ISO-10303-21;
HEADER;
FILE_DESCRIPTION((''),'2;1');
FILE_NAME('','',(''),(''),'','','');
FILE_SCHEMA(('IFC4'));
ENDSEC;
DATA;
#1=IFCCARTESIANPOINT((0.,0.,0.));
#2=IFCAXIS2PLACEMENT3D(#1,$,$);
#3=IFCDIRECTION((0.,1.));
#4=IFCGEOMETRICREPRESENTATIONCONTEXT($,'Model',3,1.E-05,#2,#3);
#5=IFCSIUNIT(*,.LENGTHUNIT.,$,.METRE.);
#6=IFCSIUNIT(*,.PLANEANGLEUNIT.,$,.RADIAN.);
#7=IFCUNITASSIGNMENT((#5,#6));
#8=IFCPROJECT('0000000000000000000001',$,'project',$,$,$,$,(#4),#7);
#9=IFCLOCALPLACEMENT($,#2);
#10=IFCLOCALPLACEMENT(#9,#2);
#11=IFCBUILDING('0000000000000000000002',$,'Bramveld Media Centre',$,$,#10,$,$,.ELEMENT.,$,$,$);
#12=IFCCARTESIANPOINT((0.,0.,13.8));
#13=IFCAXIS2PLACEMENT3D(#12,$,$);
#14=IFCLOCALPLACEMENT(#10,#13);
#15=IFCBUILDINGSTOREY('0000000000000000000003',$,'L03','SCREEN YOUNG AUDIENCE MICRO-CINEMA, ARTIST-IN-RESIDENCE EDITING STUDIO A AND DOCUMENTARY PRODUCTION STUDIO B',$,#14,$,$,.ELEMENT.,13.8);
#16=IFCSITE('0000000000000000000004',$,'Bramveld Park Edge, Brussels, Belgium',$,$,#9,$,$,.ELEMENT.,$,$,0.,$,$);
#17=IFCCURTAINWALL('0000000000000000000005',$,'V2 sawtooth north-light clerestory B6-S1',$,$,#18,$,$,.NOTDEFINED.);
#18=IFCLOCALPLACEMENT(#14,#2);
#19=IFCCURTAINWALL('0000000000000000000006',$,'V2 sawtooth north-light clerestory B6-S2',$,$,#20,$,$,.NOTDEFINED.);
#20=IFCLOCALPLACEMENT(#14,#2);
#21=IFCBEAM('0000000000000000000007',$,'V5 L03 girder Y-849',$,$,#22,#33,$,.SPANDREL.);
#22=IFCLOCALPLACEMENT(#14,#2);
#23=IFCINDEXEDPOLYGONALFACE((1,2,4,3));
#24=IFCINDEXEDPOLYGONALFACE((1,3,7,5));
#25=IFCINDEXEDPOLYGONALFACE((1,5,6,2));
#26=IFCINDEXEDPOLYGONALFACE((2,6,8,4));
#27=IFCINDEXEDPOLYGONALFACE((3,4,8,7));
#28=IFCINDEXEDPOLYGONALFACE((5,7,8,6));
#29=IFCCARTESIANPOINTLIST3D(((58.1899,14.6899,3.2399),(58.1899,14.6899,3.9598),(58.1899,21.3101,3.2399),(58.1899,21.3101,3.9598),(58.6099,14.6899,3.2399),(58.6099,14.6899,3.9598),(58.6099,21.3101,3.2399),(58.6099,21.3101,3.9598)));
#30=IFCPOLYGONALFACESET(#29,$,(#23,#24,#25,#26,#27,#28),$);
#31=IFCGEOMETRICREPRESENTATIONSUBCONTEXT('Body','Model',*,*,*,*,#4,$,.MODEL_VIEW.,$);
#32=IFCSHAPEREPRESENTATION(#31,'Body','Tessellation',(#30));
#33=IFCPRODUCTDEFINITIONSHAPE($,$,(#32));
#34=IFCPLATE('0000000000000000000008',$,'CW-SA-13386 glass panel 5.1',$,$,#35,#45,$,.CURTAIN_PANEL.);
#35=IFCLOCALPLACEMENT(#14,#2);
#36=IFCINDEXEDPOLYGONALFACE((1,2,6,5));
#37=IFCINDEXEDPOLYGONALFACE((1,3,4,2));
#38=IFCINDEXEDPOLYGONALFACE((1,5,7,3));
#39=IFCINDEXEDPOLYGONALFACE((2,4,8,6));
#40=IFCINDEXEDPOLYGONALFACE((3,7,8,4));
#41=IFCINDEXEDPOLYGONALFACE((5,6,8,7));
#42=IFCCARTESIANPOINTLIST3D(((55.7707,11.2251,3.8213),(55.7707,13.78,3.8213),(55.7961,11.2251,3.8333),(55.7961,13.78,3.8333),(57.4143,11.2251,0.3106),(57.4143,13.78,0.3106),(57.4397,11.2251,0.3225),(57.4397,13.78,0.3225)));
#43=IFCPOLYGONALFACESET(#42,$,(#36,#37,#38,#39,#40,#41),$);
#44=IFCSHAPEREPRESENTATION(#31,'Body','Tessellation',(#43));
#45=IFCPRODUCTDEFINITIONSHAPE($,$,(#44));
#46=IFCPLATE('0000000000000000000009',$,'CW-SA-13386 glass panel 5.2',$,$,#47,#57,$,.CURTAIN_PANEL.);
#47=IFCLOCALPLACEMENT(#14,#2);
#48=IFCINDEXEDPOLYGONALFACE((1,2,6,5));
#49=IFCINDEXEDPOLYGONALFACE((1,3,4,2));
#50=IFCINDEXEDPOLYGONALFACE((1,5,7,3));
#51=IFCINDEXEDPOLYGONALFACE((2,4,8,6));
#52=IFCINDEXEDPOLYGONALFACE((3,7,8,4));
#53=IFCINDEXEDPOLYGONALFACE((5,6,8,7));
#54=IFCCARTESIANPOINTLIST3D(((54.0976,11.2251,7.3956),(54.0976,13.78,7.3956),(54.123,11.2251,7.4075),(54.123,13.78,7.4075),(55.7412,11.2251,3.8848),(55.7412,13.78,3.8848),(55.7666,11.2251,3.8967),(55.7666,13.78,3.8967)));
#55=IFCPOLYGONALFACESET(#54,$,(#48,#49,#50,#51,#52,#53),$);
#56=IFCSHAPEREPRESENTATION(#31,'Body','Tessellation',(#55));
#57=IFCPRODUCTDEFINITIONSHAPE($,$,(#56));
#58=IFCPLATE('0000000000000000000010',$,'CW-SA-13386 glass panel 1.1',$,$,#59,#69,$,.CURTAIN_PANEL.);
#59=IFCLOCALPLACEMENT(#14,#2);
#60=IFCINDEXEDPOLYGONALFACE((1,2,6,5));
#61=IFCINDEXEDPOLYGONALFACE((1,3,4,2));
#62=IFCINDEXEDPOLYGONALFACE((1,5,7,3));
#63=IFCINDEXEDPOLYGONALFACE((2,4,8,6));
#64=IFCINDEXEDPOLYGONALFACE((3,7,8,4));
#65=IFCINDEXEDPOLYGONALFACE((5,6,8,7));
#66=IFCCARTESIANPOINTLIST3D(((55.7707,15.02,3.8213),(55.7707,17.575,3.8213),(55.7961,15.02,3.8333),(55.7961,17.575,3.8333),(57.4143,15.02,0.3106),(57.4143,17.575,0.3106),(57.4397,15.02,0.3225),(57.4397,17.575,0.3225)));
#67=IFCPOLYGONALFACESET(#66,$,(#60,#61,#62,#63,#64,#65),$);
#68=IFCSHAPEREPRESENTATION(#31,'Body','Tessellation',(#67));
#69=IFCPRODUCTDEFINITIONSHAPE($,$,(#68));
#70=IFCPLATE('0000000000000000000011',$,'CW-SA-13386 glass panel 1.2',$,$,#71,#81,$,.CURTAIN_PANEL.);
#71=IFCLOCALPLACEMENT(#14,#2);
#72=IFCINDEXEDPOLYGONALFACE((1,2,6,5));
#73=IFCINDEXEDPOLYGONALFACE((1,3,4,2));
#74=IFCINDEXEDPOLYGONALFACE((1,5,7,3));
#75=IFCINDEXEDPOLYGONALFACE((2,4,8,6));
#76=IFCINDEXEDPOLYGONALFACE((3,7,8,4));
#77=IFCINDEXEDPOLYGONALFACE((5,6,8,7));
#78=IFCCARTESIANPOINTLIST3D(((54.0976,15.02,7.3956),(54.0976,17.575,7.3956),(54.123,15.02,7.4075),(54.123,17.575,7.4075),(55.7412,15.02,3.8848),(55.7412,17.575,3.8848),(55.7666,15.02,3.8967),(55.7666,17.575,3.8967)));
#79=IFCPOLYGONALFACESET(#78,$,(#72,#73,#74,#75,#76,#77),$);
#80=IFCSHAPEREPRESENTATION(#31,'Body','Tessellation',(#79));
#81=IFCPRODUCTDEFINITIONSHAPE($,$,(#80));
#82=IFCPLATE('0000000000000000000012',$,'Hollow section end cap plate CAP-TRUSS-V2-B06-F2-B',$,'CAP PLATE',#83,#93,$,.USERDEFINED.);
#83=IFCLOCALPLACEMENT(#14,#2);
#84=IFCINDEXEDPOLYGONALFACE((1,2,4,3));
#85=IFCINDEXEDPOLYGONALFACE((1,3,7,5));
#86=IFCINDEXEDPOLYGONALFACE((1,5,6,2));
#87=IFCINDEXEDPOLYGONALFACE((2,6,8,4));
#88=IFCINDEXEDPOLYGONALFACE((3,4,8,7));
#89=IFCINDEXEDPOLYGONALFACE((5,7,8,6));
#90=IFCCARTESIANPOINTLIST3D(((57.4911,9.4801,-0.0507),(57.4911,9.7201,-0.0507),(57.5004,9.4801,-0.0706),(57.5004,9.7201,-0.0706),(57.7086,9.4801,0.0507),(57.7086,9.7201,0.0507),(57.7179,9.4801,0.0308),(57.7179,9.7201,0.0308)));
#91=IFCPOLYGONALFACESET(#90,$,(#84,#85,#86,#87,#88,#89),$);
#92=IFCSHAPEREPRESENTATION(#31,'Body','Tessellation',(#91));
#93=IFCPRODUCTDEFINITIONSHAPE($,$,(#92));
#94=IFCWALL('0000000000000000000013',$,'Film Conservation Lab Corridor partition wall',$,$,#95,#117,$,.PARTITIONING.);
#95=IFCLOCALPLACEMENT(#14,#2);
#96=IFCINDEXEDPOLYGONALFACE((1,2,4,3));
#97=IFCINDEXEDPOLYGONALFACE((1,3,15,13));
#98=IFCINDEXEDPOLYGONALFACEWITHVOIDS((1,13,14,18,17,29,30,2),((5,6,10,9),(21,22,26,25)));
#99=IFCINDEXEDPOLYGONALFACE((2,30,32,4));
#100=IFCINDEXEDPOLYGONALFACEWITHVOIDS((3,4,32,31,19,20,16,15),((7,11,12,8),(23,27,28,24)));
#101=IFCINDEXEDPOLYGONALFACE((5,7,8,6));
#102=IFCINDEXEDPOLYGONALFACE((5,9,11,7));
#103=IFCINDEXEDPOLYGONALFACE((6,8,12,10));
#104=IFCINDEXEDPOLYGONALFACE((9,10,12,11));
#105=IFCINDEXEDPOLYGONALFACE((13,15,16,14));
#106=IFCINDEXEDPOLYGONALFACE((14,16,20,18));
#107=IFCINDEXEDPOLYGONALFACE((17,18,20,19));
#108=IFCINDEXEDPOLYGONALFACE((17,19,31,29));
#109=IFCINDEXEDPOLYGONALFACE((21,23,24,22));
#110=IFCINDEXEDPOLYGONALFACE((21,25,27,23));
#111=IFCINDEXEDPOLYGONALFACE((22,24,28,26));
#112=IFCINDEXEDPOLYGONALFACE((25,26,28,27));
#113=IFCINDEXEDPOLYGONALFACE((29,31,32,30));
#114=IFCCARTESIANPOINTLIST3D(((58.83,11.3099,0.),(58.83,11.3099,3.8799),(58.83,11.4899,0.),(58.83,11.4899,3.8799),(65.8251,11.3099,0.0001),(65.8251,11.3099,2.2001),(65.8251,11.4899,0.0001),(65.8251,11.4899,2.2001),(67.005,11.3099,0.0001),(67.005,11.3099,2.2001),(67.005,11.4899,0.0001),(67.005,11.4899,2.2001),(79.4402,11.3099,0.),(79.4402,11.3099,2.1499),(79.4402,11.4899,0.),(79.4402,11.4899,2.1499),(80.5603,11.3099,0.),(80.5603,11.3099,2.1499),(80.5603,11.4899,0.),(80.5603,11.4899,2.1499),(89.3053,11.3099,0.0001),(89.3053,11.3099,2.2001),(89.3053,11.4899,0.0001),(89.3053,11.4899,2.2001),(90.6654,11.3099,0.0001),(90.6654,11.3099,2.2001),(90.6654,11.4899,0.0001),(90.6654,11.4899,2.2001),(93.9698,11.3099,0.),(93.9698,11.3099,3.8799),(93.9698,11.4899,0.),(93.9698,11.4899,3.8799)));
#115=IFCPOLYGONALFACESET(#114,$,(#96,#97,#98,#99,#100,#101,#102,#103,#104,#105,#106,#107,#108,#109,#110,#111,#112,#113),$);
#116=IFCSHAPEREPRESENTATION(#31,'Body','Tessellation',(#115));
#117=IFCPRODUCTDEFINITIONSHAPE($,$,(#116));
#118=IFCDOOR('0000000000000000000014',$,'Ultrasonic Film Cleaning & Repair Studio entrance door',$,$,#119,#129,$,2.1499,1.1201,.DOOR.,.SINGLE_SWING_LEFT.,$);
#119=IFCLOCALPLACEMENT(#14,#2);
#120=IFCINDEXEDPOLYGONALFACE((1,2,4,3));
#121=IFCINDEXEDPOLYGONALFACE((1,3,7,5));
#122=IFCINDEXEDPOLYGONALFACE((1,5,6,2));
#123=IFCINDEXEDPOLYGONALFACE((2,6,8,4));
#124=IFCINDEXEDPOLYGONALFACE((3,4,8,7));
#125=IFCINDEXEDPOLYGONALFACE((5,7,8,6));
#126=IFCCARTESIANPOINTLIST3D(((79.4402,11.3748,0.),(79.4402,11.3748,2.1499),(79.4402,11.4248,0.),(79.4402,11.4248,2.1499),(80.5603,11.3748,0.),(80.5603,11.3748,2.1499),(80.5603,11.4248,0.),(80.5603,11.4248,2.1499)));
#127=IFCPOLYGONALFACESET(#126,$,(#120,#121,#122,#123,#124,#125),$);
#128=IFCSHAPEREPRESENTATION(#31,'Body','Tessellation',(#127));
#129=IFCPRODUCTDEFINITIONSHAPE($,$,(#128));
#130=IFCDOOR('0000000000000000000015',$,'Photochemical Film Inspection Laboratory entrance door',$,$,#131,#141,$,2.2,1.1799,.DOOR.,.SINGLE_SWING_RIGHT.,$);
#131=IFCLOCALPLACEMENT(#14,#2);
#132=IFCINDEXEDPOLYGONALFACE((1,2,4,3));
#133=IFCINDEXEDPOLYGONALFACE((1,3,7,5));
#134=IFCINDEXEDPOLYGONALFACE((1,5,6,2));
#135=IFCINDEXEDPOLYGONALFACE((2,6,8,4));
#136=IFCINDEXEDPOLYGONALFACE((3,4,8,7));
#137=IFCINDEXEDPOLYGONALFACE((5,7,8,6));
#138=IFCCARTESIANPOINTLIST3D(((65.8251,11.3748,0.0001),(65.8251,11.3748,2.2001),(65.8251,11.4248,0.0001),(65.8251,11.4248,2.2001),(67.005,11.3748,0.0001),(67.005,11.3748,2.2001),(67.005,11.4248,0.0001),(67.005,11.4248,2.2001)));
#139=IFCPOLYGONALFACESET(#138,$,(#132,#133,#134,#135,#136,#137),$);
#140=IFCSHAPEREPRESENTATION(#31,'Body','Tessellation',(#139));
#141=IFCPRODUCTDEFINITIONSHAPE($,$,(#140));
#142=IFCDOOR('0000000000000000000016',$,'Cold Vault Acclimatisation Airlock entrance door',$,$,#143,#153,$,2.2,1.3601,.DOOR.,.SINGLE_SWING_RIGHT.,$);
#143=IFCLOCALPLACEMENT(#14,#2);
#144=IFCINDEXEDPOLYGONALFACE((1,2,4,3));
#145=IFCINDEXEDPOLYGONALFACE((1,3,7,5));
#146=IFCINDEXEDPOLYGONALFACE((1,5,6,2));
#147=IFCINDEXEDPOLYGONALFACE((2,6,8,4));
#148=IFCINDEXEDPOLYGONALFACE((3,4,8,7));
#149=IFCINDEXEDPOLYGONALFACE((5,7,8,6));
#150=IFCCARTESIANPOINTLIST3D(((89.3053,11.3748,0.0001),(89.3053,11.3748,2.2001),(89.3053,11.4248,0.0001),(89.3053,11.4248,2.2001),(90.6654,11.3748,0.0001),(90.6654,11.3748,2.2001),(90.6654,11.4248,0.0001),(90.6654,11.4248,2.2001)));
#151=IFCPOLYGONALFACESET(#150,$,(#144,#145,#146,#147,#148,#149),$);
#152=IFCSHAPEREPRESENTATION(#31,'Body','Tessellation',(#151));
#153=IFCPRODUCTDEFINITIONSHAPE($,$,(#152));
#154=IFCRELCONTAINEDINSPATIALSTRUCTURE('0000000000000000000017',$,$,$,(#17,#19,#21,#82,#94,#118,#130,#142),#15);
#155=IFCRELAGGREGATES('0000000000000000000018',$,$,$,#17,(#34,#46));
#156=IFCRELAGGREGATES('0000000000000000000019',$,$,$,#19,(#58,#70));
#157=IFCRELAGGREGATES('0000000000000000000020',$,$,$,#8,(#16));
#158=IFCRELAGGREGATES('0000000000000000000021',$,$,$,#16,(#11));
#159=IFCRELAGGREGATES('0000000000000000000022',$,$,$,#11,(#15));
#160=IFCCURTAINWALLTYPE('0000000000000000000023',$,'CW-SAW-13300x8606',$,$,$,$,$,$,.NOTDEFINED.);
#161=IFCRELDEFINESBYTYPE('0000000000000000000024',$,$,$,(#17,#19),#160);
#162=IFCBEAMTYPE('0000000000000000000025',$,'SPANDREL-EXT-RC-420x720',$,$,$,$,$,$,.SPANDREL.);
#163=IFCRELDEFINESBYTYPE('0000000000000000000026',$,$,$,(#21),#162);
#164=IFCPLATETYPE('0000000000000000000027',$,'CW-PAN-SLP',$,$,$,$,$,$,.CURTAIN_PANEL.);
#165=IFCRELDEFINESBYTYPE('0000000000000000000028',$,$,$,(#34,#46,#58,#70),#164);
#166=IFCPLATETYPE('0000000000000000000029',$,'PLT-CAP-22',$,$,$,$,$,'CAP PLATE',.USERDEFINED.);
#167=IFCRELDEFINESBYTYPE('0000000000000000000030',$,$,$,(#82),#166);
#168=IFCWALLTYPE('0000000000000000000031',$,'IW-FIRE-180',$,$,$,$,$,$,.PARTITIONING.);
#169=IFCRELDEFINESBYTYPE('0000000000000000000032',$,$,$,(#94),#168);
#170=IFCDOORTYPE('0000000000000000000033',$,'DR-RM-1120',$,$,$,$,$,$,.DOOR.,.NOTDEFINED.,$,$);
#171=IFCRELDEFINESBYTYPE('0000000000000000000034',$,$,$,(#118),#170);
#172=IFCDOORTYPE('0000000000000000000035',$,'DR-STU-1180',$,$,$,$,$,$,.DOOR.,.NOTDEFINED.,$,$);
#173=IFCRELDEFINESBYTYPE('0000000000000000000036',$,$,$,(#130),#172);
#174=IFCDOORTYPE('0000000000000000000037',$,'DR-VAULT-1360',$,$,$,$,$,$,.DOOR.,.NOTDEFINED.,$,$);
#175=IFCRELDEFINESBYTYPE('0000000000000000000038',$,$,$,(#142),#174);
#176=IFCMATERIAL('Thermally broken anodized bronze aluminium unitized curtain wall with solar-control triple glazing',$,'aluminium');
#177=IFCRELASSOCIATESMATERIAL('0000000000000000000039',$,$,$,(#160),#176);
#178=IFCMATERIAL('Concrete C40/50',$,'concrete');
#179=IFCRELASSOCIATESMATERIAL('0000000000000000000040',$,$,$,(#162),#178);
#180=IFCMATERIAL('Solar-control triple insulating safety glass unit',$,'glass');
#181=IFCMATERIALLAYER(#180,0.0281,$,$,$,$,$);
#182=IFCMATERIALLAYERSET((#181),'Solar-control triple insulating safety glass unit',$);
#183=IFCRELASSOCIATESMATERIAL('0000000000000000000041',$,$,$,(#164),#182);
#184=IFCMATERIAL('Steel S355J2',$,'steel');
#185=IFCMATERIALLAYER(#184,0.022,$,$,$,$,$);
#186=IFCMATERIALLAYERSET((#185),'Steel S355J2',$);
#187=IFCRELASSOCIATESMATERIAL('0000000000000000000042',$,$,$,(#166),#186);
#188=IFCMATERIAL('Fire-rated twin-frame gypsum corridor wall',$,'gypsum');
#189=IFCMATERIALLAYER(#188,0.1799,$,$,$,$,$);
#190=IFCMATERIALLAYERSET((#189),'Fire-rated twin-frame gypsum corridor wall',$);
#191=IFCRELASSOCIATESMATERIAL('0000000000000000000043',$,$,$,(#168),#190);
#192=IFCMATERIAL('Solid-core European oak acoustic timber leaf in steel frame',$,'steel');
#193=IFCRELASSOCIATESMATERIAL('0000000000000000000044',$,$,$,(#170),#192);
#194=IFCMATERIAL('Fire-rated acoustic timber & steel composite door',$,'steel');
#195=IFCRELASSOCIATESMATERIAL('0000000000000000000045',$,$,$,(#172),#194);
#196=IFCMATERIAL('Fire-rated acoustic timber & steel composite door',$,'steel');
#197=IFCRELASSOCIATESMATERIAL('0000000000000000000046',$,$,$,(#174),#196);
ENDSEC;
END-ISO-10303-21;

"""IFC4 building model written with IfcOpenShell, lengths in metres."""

from ifc_helpers import new_model, si_unit, direction, frame, frame_2d, origin, origin_2d, place, context, subcontext, project, spatial, polyline, rectangle, outline, extrude, material, layer, layer_set, material_profile, profile_set, type_object, element, fill, aggregate, save


model = new_model("IFC4")

# Units and contexts
model_context = context("Model", 3, precision=1e-05, world=origin(), true_north=direction((0.0, 1.0)))
body_context = subcontext(model_context, "Body", "Model", "MODEL_VIEW")
ifc_project = project(units=[si_unit("LENGTHUNIT", "METRE"), si_unit("PLANEANGLEUNIT", "RADIAN")], contexts=[model_context])

# Site, building, storey
site_placement = place(None, origin())
site = spatial("IfcSite", under=ifc_project, at=site_placement, Name="Bramveld Park Edge, Brussels, Belgium", CompositionType="ELEMENT", RefElevation=0.0)
building_placement = place(site_placement, origin())
building = spatial("IfcBuilding", under=site, at=building_placement, Name="Bramveld Media Centre", CompositionType="ELEMENT")
storey_placement = place(building_placement, frame((0.0, 0.0, 13.8)))
storey = spatial("IfcBuildingStorey", under=building, at=storey_placement, Name="L03", Description="SCREEN YOUNG AUDIENCE MICRO-CINEMA, ARTIST-IN-RESIDENCE EDITING STUDIO A AND DOCUMENTARY PRODUCTION STUDIO B", CompositionType="ELEMENT", Elevation=13.8)

# Curtain walls
ifc_material_1 = material(Name="Thermally broken anodized bronze aluminium unitized curtain wall with solar-control triple glazing", Category="aluminium")
curtain_wall_type = type_object("IfcCurtainWallType", Name="CW-SAW-13300x8606", PredefinedType="NOTDEFINED", material=ifc_material_1)
curtain_wall_1_placement = place(storey_placement, origin())
curtain_wall_1 = element("IfcCurtainWall", 1, at=curtain_wall_1_placement, inside=storey, type_object=curtain_wall_type, Name="V2 sawtooth north-light clerestory B6-S1", PredefinedType="NOTDEFINED")
curtain_wall_2_placement = place(storey_placement, origin())
curtain_wall_2 = element("IfcCurtainWall", 2, at=curtain_wall_2_placement, inside=storey, type_object=curtain_wall_type, Name="V2 sawtooth north-light clerestory B6-S2", PredefinedType="NOTDEFINED")

# Beam
ifc_material_2 = material(Name="Concrete C40/50", Category="concrete")
ifc_material_profile_1 = material_profile(ifc_material_2, rectangle(XDim=0.4199, YDim=0.72, at=origin_2d()), Name="RC 420x720")
ifc_profile_set_1 = profile_set([ifc_material_profile_1], Name="Concrete C40/50")
beam_type_1 = type_object("IfcBeamType", Name="SPANDREL-EXT-RC-420x720", PredefinedType="SPANDREL", material=ifc_profile_set_1)
beam_1_placement = place(storey_placement, frame((58.3999, 14.6899, 3.5999), z_axis=(0.0, 1.0, 0.0), x_axis=(-1.0, 0.0, 0.0)))
element("IfcBeam", 3, at=beam_1_placement, inside=storey, type_object=beam_type_1, Name="V5 L03 girder Y-849", PredefinedType="SPANDREL", context=body_context, shape_type="SweptSolid", body=[
    extrude(rectangle(XDim=0.4199, YDim=0.72, at=origin_2d()), origin(), (0.0, 0.0, 1.0), 6.6201),
])

# Plates
ifc_material_3 = material(Name="Solar-control triple insulating safety glass unit", Category="glass")
ifc_layer_1 = layer(ifc_material_3, 0.0281)
ifc_layer_set_1 = layer_set([ifc_layer_1], Name="Solar-control triple insulating safety glass unit")
plate_type_1 = type_object("IfcPlateType", Name="CW-PAN-SLP", PredefinedType="CURTAIN_PANEL", material=ifc_layer_set_1)
plate_1_placement = place(storey_placement, frame((57.4397, 11.2251, 0.3225), z_axis=(0.905668, 0.0, 0.423988), x_axis=(0.0, 1.0, 0.0)))
plate_1 = element("IfcPlate", 4, at=plate_1_placement, type_object=plate_type_1, Name="CW-SA-13386 glass panel 5.1", PredefinedType="CURTAIN_PANEL", context=body_context, shape_type="SweptSolid", body=[
    extrude(outline(polyline([(0.0, 0.0), (2.5549, 0.0), (2.5549, 3.8764), (0.0, 3.8764), (0.0, 0.0)])), origin(), (0.0, 0.0, -1.0), 0.0281),
])
plate_2_placement = place(storey_placement, frame((55.7666, 11.2251, 3.8967), z_axis=(0.905668, 0.0, 0.423988), x_axis=(0.0, 1.0, 0.0)))
plate_2 = element("IfcPlate", 5, at=plate_2_placement, type_object=plate_type_1, Name="CW-SA-13386 glass panel 5.2", PredefinedType="CURTAIN_PANEL", context=body_context, shape_type="SweptSolid", body=[
    extrude(outline(polyline([(0.0, 0.0), (2.5549, 0.0), (2.5549, 3.8764), (0.0, 3.8764), (0.0, 0.0)])), origin(), (0.0, 0.0, -1.0), 0.0281),
])
aggregate(curtain_wall_1, [plate_1, plate_2])
plate_3_placement = place(storey_placement, frame((57.4397, 15.02, 0.3225), z_axis=(0.905668, 0.0, 0.423988), x_axis=(0.0, 1.0, 0.0)))
plate_3 = element("IfcPlate", 6, at=plate_3_placement, type_object=plate_type_1, Name="CW-SA-13386 glass panel 1.1", PredefinedType="CURTAIN_PANEL", context=body_context, shape_type="SweptSolid", body=[
    extrude(outline(polyline([(0.0, 0.0), (2.5549, 0.0), (2.5549, 3.8764), (0.0, 3.8764), (0.0, 0.0)])), origin(), (0.0, 0.0, -1.0), 0.0281),
])
plate_4_placement = place(storey_placement, frame((55.7666, 15.02, 3.8967), z_axis=(0.905668, 0.0, 0.423988), x_axis=(0.0, 1.0, 0.0)))
plate_4 = element("IfcPlate", 7, at=plate_4_placement, type_object=plate_type_1, Name="CW-SA-13386 glass panel 1.2", PredefinedType="CURTAIN_PANEL", context=body_context, shape_type="SweptSolid", body=[
    extrude(outline(polyline([(0.0, 0.0), (2.5549, 0.0), (2.5549, 3.8764), (0.0, 3.8764), (0.0, 0.0)])), origin(), (0.0, 0.0, -1.0), 0.0281),
])
aggregate(curtain_wall_2, [plate_3, plate_4])
ifc_material_4 = material(Name="Steel S355J2", Category="steel")
ifc_layer_2 = layer(ifc_material_4, 0.022)
ifc_layer_set_2 = layer_set([ifc_layer_2], Name="Steel S355J2")
plate_type_2 = type_object("IfcPlateType", Name="PLT-CAP-22", ElementType="CAP PLATE", PredefinedType="USERDEFINED", material=ifc_layer_set_2)
plate_5_placement = place(storey_placement, frame((57.5999, 9.6001, 0.0), z_axis=(0.422618, 0.0, -0.906308), x_axis=(0.0, 1.0, 0.0)))
element("IfcPlate", 8, at=plate_5_placement, inside=storey, type_object=plate_type_2, Name="Hollow section end cap plate CAP-TRUSS-V2-B06-F2-B", ObjectType="CAP PLATE", PredefinedType="USERDEFINED", context=body_context, shape_type="SweptSolid", body=[
    extrude(rectangle(XDim=0.24, YDim=0.24, at=origin_2d()), origin(), (0.0, 0.0, 1.0), 0.022),
])

# Wall, openings, doors
ifc_material_5 = material(Name="Fire-rated twin-frame gypsum corridor wall", Category="gypsum")
ifc_layer_3 = layer(ifc_material_5, 0.1799)
ifc_layer_set_3 = layer_set([ifc_layer_3], Name="Fire-rated twin-frame gypsum corridor wall")
wall_type = type_object("IfcWallType", Name="IW-FIRE-180", PredefinedType="PARTITIONING", material=ifc_layer_set_3)
wall_placement = place(storey_placement, frame((58.8301, 11.3999, 0.0), z_axis=(0.0, 0.0, 1.0), x_axis=(1.0, 0.0, 0.0)))
wall = element("IfcWall", 9, at=wall_placement, inside=storey, type_object=wall_type, Name="Film Conservation Lab Corridor partition wall", PredefinedType="PARTITIONING", context=body_context, shape_type="SweptSolid", body=[
    extrude(rectangle(XDim=35.1399, YDim=0.1799, at=frame_2d((17.5698, 0.0))), origin(), (0.0, 0.0, 1.0), 3.8799),
])
opening_1_placement = place(wall_placement, frame((6.9951, 0.0, 0.0)))
opening_1 = element("IfcOpeningElement", 10, at=opening_1_placement, cuts=wall, PredefinedType="OPENING", context=body_context, shape_type="SweptSolid", body=[
    extrude(rectangle(XDim=1.1799, YDim=2.2, at=frame_2d((0.5898, 1.1001))), frame((0.0, 0.1021, 0.0), z_axis=(0.0, -1.0, 0.0), x_axis=(1.0, 0.0, 0.0)), (0.0, 0.0, 1.0), 0.2039),
])
opening_2_placement = place(wall_placement, frame((20.6101, 0.0, 0.0)))
opening_2 = element("IfcOpeningElement", 11, at=opening_2_placement, cuts=wall, PredefinedType="OPENING", context=body_context, shape_type="SweptSolid", body=[
    extrude(rectangle(XDim=1.1201, YDim=2.1499, at=frame_2d((0.5601, 1.075))), frame((0.0, 0.1021, 0.0), z_axis=(0.0, -1.0, 0.0), x_axis=(1.0, 0.0, 0.0)), (0.0, 0.0, 1.0), 0.2039),
])
opening_3_placement = place(wall_placement, frame((30.4751, 0.0, 0.0)))
opening_3 = element("IfcOpeningElement", 12, at=opening_3_placement, cuts=wall, PredefinedType="OPENING", context=body_context, shape_type="SweptSolid", body=[
    extrude(rectangle(XDim=1.3601, YDim=2.2, at=frame_2d((0.6802, 1.1001))), frame((0.0, 0.1021, 0.0), z_axis=(0.0, -1.0, 0.0), x_axis=(1.0, 0.0, 0.0)), (0.0, 0.0, 1.0), 0.2039),
])
ifc_material_6 = material(Name="Solid-core European oak acoustic timber leaf in steel frame", Category="steel")
door_type_1 = type_object("IfcDoorType", Name="DR-RM-1120", OperationType="NOTDEFINED", PredefinedType="DOOR", material=ifc_material_6)
door_1_placement = place(opening_2_placement, origin())
door_1 = element("IfcDoor", 13, at=door_1_placement, inside=storey, type_object=door_type_1, Name="Ultrasonic Film Cleaning & Repair Studio entrance door", OperationType="SINGLE_SWING_LEFT", OverallHeight=2.1499, OverallWidth=1.1201, PredefinedType="DOOR", context=body_context, shape_type="SweptSolid", body=[
    extrude(rectangle(XDim=1.1201, YDim=2.1499, at=frame_2d((0.5601, 1.075))), frame((0.0, 0.0249, 0.0), z_axis=(0.0, -1.0, 0.0), x_axis=(1.0, 0.0, 0.0)), (0.0, 0.0, 1.0), 0.05),
])
fill(opening_2, door_1)
ifc_material_7 = material(Name="Fire-rated acoustic timber & steel composite door", Category="steel")
door_type_2 = type_object("IfcDoorType", Name="DR-STU-1180", OperationType="NOTDEFINED", PredefinedType="DOOR", material=ifc_material_7)
door_2_placement = place(opening_1_placement, origin())
door_2 = element("IfcDoor", 14, at=door_2_placement, inside=storey, type_object=door_type_2, Name="Photochemical Film Inspection Laboratory entrance door", OperationType="SINGLE_SWING_RIGHT", OverallHeight=2.2, OverallWidth=1.1799, PredefinedType="DOOR", context=body_context, shape_type="SweptSolid", body=[
    extrude(rectangle(XDim=1.1799, YDim=2.2, at=frame_2d((0.5898, 1.1001))), frame((0.0, 0.0249, 0.0), z_axis=(0.0, -1.0, 0.0), x_axis=(1.0, 0.0, 0.0)), (0.0, 0.0, 1.0), 0.05),
])
fill(opening_1, door_2)
ifc_material_8 = material(Name="Fire-rated acoustic timber & steel composite door", Category="steel")
door_type_3 = type_object("IfcDoorType", Name="DR-VAULT-1360", OperationType="NOTDEFINED", PredefinedType="DOOR", material=ifc_material_8)
door_3_placement = place(opening_3_placement, origin())
door_3 = element("IfcDoor", 15, at=door_3_placement, inside=storey, type_object=door_type_3, Name="Cold Vault Acclimatisation Airlock entrance door", OperationType="SINGLE_SWING_RIGHT", OverallHeight=2.2, OverallWidth=1.3601, PredefinedType="DOOR", context=body_context, shape_type="SweptSolid", body=[
    extrude(rectangle(XDim=1.3601, YDim=2.2, at=frame_2d((0.6802, 1.1001))), frame((0.0, 0.0249, 0.0), z_axis=(0.0, -1.0, 0.0), x_axis=(1.0, 0.0, 0.0)), (0.0, 0.0, 1.0), 0.05),
])
fill(opening_3, door_3)

save(model, "model.ifc")
